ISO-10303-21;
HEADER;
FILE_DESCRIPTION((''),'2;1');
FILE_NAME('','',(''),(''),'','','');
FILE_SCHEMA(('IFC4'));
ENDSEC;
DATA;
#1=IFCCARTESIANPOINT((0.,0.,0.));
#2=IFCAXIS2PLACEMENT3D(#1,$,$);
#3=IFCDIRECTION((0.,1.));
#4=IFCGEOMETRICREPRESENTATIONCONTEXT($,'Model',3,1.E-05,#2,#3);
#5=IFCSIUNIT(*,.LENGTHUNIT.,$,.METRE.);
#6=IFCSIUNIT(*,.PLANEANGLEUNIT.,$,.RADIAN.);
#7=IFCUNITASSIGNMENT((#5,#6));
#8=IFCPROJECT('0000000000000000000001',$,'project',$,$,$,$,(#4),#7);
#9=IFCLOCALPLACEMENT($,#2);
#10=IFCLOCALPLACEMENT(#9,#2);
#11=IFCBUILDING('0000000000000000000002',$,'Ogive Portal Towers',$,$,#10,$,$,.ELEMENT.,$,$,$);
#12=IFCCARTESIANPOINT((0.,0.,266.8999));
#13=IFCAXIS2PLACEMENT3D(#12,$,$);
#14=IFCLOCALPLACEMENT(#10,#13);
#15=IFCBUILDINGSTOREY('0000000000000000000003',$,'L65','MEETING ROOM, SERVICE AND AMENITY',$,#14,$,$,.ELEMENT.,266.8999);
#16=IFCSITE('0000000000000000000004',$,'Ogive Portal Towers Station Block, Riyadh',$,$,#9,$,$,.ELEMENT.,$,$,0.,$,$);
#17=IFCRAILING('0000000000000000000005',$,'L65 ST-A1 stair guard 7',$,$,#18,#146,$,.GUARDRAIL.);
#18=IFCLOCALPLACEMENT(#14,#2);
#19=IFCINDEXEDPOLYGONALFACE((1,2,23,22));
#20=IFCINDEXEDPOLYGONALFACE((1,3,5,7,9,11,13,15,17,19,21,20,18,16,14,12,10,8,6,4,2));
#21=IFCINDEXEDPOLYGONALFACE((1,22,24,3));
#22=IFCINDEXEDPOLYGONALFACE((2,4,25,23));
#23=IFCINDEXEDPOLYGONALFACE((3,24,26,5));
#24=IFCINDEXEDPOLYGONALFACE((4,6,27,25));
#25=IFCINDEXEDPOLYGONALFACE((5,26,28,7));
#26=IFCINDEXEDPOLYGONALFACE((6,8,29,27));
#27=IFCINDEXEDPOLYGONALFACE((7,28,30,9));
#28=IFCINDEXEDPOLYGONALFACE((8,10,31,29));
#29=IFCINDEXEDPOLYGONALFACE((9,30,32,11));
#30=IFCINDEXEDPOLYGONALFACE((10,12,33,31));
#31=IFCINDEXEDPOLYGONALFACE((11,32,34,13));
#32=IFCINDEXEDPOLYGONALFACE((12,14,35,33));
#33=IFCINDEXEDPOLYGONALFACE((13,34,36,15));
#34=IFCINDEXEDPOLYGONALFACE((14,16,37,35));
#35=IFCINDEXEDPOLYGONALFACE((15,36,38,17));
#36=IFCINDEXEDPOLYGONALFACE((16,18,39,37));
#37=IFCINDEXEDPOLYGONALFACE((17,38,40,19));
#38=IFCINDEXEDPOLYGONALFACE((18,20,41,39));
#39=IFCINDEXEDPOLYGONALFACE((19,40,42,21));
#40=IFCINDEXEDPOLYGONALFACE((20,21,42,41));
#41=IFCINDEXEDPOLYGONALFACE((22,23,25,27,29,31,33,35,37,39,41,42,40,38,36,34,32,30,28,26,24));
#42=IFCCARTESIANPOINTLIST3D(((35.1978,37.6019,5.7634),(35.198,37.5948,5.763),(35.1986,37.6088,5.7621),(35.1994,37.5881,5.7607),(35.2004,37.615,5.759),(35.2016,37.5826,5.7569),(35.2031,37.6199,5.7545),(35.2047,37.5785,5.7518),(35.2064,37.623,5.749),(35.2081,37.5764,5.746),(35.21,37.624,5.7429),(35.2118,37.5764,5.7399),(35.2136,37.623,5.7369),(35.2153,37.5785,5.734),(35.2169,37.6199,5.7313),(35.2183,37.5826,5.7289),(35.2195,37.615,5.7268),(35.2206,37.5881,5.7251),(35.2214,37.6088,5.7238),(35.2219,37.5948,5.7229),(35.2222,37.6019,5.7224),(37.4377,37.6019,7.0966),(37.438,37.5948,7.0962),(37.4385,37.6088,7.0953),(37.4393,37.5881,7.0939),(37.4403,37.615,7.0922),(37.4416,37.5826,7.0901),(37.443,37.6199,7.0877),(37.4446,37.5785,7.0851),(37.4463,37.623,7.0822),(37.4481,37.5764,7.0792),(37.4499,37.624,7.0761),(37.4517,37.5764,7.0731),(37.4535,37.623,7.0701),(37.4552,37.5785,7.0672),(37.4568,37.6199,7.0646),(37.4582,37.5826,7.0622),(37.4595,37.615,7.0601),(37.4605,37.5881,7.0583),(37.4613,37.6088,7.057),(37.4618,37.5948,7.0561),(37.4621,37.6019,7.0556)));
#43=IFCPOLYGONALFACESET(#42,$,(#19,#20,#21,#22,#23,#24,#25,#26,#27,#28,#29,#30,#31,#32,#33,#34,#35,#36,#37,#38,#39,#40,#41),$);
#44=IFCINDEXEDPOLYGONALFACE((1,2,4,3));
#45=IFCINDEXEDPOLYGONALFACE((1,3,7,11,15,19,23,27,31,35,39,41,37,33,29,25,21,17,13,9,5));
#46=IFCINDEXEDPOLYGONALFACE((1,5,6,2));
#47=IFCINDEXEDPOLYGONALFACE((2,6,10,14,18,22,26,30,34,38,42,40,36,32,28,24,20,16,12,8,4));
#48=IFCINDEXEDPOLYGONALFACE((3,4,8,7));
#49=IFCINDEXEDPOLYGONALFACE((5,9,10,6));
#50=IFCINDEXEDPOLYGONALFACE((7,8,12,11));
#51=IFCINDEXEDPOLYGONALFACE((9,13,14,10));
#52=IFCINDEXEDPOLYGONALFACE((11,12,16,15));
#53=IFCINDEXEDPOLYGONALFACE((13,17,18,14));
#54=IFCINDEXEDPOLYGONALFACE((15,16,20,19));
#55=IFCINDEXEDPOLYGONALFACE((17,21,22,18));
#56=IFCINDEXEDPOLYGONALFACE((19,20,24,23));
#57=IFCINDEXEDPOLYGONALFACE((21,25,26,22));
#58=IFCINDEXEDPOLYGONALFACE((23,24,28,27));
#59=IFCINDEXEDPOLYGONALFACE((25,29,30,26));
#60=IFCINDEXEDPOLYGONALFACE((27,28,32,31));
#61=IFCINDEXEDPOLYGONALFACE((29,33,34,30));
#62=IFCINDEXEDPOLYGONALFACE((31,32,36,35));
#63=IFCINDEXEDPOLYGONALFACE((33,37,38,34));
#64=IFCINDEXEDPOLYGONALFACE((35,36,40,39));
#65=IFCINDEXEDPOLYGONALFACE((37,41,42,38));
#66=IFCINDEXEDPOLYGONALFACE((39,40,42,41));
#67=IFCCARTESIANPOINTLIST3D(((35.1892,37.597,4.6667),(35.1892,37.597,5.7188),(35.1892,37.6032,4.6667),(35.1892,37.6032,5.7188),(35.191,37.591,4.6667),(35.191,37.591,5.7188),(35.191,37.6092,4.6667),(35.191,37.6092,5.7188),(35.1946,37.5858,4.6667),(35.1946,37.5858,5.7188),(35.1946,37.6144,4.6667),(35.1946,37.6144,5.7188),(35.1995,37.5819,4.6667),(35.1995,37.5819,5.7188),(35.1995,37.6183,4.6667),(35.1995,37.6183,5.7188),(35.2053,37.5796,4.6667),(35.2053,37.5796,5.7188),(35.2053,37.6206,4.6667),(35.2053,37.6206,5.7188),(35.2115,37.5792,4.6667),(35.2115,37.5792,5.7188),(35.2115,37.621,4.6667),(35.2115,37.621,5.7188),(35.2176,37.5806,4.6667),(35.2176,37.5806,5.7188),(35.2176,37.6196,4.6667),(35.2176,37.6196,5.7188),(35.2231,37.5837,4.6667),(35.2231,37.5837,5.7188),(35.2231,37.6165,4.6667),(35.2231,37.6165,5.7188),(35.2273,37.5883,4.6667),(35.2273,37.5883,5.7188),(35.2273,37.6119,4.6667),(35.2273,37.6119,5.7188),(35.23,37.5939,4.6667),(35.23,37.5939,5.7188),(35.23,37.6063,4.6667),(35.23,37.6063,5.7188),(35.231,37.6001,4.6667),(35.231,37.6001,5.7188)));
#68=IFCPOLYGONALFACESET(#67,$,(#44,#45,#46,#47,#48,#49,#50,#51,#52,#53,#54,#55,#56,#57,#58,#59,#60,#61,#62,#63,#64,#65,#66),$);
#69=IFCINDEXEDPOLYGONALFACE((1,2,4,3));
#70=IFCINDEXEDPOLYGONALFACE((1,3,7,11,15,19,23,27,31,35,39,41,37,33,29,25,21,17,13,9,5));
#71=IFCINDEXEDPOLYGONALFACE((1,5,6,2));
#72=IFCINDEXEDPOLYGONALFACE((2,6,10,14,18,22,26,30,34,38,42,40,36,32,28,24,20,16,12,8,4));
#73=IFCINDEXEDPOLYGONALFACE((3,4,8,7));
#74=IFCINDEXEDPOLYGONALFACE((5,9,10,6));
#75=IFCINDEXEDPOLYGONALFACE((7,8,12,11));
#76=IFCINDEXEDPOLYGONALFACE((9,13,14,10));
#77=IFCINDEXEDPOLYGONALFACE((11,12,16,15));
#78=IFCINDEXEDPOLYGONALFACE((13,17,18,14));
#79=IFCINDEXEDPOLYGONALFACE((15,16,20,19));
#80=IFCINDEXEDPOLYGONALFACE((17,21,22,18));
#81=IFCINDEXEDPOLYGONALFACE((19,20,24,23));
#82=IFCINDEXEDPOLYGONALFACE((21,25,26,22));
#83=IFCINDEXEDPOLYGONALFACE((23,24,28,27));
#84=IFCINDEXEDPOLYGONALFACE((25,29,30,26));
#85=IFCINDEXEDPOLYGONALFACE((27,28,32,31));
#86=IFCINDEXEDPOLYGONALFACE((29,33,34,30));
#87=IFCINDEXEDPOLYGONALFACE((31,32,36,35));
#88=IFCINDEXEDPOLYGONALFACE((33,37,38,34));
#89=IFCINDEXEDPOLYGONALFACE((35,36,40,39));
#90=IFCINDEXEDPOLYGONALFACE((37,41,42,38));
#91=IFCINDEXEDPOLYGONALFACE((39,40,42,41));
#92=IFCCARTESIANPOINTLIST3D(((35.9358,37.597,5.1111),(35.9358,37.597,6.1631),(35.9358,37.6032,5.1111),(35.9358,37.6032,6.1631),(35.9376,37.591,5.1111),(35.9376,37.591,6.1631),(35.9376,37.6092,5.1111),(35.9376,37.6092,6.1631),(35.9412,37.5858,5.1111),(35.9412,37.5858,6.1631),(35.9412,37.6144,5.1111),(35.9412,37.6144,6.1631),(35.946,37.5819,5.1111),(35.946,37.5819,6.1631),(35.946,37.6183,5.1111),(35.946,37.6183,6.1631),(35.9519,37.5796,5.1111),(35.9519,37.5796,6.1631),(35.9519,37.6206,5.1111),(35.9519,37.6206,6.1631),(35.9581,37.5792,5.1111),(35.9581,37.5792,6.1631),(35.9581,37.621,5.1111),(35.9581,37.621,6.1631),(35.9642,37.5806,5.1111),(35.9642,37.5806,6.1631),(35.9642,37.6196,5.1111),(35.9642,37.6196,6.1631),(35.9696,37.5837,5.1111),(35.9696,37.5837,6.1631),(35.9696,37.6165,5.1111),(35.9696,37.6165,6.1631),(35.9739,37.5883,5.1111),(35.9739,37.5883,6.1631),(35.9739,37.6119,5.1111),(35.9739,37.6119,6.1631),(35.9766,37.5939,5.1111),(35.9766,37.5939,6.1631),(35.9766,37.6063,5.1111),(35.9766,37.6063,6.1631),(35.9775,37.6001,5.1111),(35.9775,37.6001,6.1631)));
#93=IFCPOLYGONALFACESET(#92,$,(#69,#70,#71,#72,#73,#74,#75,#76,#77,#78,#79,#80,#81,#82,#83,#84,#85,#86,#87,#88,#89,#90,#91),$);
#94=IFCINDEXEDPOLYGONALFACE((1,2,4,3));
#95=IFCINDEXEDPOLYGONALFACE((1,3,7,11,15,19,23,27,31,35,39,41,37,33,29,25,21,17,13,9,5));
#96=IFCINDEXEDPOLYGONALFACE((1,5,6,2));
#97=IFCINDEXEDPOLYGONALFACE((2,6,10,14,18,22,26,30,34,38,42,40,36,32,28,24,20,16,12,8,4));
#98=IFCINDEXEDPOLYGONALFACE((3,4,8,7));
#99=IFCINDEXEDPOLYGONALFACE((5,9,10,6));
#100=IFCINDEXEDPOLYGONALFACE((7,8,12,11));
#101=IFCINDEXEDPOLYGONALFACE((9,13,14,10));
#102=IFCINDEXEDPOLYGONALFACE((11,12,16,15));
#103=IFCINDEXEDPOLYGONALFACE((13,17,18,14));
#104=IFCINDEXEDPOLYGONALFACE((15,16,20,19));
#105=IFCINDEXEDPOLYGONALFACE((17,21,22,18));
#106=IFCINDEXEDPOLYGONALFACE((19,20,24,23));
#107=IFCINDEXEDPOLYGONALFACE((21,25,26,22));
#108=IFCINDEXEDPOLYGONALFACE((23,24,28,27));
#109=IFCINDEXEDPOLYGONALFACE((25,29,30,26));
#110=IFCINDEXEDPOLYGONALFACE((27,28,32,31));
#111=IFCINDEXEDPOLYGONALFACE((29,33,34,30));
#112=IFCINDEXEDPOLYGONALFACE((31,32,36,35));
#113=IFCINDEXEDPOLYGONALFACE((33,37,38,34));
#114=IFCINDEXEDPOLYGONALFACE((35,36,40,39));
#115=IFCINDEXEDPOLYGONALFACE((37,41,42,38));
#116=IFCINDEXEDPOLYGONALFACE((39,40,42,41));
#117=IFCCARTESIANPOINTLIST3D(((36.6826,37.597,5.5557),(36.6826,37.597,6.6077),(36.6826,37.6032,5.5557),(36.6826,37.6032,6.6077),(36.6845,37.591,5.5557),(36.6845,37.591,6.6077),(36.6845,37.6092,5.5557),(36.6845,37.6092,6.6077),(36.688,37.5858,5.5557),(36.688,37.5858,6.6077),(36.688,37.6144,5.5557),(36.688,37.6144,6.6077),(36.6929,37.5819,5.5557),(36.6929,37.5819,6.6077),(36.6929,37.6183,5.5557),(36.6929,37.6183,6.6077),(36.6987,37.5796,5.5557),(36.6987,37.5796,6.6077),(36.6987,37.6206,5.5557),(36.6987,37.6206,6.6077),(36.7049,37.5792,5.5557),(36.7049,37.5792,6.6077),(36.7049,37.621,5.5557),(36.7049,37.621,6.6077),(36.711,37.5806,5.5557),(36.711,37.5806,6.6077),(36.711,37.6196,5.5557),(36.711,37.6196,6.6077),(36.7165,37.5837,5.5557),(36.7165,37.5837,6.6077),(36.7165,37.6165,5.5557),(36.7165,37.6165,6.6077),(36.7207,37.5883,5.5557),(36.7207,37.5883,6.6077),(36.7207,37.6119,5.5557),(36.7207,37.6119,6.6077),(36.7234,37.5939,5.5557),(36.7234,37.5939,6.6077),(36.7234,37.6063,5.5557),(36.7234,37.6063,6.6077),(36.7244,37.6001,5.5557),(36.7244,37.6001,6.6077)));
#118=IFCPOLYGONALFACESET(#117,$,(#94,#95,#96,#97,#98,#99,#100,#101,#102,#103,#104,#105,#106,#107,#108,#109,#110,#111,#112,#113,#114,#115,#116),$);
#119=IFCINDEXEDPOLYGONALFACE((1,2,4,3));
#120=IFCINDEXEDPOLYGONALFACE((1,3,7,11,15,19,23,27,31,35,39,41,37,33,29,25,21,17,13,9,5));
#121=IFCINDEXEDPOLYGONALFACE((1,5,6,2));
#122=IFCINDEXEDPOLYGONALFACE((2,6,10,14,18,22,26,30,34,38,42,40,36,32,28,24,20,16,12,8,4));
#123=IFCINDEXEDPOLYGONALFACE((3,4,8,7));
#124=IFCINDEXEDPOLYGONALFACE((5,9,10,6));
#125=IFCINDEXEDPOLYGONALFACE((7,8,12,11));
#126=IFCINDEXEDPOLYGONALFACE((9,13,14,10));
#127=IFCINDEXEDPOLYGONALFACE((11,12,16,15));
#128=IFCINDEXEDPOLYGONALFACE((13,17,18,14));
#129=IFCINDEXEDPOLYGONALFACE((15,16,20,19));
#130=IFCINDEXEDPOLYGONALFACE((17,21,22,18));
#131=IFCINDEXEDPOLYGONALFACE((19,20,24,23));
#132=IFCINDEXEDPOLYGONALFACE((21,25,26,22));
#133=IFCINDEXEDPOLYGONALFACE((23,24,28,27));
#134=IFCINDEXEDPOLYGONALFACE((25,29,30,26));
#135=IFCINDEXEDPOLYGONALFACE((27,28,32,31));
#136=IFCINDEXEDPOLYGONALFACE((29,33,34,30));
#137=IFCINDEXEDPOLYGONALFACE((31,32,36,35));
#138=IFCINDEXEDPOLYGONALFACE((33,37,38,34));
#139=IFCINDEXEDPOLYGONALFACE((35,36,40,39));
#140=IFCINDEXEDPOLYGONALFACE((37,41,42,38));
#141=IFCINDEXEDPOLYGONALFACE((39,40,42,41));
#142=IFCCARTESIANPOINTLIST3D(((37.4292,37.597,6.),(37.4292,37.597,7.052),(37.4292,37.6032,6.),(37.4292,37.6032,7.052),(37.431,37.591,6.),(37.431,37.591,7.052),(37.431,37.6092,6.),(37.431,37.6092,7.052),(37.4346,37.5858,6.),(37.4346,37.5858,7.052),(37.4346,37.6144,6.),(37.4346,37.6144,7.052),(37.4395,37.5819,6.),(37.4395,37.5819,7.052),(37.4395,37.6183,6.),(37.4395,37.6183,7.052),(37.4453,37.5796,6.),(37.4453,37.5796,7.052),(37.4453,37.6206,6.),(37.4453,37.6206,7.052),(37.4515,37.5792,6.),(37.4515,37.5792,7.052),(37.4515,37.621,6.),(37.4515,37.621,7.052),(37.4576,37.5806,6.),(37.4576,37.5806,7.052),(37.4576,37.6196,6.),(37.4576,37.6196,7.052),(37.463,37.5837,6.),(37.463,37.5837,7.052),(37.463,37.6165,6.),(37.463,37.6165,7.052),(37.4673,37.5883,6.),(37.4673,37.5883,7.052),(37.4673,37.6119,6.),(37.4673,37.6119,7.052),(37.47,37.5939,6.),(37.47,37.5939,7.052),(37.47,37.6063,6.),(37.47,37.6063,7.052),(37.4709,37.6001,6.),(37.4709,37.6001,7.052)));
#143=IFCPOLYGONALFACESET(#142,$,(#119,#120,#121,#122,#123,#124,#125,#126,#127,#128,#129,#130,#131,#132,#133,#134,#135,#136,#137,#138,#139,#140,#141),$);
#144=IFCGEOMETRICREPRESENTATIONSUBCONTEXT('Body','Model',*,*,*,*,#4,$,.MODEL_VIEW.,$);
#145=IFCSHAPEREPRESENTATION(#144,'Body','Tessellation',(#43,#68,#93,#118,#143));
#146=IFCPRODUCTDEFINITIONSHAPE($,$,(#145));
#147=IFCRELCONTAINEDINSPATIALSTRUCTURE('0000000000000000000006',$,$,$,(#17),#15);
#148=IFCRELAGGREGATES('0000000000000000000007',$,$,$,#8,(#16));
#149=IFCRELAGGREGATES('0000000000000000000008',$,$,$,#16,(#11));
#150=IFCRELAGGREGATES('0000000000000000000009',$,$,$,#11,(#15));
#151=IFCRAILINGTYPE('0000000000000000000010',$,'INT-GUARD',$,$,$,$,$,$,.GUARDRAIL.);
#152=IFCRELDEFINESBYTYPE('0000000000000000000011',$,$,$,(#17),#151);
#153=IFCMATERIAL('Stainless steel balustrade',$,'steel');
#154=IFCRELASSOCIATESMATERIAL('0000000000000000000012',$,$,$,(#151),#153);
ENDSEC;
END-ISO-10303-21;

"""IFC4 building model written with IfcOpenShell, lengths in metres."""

from ifc_helpers import new_model, si_unit, direction, frame, origin, origin_2d, place, context, subcontext, project, spatial, circle, extrude, material, type_object, element, save


model = new_model("IFC4")

# Units and contexts
model_context = context("Model", 3, precision=1e-05, world=origin(), true_north=direction((0.0, 1.0)))
body_context = subcontext(model_context, "Body", "Model", "MODEL_VIEW")
ifc_project = project(units=[si_unit("LENGTHUNIT", "METRE"), si_unit("PLANEANGLEUNIT", "RADIAN")], contexts=[model_context])

# Site, building, storey
site_placement = place(None, origin())
site = spatial("IfcSite", under=ifc_project, at=site_placement, Name="Ogive Portal Towers Station Block, Riyadh", CompositionType="ELEMENT", RefElevation=0.0)
building_placement = place(site_placement, origin())
building = spatial("IfcBuilding", under=site, at=building_placement, Name="Ogive Portal Towers", CompositionType="ELEMENT")
storey_placement = place(building_placement, frame((0.0, 0.0, 266.8999)))
storey = spatial("IfcBuildingStorey", under=building, at=storey_placement, Name="L65", Description="MEETING ROOM, SERVICE AND AMENITY", CompositionType="ELEMENT", Elevation=266.8999)

# Railing
ifc_material_1 = material(Name="Stainless steel balustrade", Category="steel")
railing_type_1 = type_object("IfcRailingType", Name="INT-GUARD", PredefinedType="GUARDRAIL", material=ifc_material_1)
railing_1_placement = place(storey_placement, frame((35.21, 37.6001, 4.6667)))
element("IfcRailing", 1, at=railing_1_placement, inside=storey, type_object=railing_type_1, Name="L65 ST-A1 stair guard 7", PredefinedType="GUARDRAIL", context=body_context, shape_type="SweptSolid", body=[
    extrude(circle(Radius=0.0239, at=origin_2d()), frame((0.0, 0.0, 1.0762), z_axis=(0.859306, 0.0, 0.511462), x_axis=(0.0, 1.0, 0.0)), (0.0, 0.0, 1.0), 2.6067),
    extrude(circle(Radius=0.021, at=origin_2d()), origin(), (0.0, 0.0, 1.0), 1.052),
    extrude(circle(Radius=0.021, at=origin_2d()), frame((0.7466, 0.0, 0.4443)), (0.0, 0.0, 1.0), 1.052),
    extrude(circle(Radius=0.021, at=origin_2d()), frame((1.4934, 0.0, 0.8889)), (0.0, 0.0, 1.0), 1.052),
    extrude(circle(Radius=0.021, at=origin_2d()), frame((2.24, 0.0, 1.3333)), (0.0, 0.0, 1.0), 1.052),
])

save(model, "model.ifc")
